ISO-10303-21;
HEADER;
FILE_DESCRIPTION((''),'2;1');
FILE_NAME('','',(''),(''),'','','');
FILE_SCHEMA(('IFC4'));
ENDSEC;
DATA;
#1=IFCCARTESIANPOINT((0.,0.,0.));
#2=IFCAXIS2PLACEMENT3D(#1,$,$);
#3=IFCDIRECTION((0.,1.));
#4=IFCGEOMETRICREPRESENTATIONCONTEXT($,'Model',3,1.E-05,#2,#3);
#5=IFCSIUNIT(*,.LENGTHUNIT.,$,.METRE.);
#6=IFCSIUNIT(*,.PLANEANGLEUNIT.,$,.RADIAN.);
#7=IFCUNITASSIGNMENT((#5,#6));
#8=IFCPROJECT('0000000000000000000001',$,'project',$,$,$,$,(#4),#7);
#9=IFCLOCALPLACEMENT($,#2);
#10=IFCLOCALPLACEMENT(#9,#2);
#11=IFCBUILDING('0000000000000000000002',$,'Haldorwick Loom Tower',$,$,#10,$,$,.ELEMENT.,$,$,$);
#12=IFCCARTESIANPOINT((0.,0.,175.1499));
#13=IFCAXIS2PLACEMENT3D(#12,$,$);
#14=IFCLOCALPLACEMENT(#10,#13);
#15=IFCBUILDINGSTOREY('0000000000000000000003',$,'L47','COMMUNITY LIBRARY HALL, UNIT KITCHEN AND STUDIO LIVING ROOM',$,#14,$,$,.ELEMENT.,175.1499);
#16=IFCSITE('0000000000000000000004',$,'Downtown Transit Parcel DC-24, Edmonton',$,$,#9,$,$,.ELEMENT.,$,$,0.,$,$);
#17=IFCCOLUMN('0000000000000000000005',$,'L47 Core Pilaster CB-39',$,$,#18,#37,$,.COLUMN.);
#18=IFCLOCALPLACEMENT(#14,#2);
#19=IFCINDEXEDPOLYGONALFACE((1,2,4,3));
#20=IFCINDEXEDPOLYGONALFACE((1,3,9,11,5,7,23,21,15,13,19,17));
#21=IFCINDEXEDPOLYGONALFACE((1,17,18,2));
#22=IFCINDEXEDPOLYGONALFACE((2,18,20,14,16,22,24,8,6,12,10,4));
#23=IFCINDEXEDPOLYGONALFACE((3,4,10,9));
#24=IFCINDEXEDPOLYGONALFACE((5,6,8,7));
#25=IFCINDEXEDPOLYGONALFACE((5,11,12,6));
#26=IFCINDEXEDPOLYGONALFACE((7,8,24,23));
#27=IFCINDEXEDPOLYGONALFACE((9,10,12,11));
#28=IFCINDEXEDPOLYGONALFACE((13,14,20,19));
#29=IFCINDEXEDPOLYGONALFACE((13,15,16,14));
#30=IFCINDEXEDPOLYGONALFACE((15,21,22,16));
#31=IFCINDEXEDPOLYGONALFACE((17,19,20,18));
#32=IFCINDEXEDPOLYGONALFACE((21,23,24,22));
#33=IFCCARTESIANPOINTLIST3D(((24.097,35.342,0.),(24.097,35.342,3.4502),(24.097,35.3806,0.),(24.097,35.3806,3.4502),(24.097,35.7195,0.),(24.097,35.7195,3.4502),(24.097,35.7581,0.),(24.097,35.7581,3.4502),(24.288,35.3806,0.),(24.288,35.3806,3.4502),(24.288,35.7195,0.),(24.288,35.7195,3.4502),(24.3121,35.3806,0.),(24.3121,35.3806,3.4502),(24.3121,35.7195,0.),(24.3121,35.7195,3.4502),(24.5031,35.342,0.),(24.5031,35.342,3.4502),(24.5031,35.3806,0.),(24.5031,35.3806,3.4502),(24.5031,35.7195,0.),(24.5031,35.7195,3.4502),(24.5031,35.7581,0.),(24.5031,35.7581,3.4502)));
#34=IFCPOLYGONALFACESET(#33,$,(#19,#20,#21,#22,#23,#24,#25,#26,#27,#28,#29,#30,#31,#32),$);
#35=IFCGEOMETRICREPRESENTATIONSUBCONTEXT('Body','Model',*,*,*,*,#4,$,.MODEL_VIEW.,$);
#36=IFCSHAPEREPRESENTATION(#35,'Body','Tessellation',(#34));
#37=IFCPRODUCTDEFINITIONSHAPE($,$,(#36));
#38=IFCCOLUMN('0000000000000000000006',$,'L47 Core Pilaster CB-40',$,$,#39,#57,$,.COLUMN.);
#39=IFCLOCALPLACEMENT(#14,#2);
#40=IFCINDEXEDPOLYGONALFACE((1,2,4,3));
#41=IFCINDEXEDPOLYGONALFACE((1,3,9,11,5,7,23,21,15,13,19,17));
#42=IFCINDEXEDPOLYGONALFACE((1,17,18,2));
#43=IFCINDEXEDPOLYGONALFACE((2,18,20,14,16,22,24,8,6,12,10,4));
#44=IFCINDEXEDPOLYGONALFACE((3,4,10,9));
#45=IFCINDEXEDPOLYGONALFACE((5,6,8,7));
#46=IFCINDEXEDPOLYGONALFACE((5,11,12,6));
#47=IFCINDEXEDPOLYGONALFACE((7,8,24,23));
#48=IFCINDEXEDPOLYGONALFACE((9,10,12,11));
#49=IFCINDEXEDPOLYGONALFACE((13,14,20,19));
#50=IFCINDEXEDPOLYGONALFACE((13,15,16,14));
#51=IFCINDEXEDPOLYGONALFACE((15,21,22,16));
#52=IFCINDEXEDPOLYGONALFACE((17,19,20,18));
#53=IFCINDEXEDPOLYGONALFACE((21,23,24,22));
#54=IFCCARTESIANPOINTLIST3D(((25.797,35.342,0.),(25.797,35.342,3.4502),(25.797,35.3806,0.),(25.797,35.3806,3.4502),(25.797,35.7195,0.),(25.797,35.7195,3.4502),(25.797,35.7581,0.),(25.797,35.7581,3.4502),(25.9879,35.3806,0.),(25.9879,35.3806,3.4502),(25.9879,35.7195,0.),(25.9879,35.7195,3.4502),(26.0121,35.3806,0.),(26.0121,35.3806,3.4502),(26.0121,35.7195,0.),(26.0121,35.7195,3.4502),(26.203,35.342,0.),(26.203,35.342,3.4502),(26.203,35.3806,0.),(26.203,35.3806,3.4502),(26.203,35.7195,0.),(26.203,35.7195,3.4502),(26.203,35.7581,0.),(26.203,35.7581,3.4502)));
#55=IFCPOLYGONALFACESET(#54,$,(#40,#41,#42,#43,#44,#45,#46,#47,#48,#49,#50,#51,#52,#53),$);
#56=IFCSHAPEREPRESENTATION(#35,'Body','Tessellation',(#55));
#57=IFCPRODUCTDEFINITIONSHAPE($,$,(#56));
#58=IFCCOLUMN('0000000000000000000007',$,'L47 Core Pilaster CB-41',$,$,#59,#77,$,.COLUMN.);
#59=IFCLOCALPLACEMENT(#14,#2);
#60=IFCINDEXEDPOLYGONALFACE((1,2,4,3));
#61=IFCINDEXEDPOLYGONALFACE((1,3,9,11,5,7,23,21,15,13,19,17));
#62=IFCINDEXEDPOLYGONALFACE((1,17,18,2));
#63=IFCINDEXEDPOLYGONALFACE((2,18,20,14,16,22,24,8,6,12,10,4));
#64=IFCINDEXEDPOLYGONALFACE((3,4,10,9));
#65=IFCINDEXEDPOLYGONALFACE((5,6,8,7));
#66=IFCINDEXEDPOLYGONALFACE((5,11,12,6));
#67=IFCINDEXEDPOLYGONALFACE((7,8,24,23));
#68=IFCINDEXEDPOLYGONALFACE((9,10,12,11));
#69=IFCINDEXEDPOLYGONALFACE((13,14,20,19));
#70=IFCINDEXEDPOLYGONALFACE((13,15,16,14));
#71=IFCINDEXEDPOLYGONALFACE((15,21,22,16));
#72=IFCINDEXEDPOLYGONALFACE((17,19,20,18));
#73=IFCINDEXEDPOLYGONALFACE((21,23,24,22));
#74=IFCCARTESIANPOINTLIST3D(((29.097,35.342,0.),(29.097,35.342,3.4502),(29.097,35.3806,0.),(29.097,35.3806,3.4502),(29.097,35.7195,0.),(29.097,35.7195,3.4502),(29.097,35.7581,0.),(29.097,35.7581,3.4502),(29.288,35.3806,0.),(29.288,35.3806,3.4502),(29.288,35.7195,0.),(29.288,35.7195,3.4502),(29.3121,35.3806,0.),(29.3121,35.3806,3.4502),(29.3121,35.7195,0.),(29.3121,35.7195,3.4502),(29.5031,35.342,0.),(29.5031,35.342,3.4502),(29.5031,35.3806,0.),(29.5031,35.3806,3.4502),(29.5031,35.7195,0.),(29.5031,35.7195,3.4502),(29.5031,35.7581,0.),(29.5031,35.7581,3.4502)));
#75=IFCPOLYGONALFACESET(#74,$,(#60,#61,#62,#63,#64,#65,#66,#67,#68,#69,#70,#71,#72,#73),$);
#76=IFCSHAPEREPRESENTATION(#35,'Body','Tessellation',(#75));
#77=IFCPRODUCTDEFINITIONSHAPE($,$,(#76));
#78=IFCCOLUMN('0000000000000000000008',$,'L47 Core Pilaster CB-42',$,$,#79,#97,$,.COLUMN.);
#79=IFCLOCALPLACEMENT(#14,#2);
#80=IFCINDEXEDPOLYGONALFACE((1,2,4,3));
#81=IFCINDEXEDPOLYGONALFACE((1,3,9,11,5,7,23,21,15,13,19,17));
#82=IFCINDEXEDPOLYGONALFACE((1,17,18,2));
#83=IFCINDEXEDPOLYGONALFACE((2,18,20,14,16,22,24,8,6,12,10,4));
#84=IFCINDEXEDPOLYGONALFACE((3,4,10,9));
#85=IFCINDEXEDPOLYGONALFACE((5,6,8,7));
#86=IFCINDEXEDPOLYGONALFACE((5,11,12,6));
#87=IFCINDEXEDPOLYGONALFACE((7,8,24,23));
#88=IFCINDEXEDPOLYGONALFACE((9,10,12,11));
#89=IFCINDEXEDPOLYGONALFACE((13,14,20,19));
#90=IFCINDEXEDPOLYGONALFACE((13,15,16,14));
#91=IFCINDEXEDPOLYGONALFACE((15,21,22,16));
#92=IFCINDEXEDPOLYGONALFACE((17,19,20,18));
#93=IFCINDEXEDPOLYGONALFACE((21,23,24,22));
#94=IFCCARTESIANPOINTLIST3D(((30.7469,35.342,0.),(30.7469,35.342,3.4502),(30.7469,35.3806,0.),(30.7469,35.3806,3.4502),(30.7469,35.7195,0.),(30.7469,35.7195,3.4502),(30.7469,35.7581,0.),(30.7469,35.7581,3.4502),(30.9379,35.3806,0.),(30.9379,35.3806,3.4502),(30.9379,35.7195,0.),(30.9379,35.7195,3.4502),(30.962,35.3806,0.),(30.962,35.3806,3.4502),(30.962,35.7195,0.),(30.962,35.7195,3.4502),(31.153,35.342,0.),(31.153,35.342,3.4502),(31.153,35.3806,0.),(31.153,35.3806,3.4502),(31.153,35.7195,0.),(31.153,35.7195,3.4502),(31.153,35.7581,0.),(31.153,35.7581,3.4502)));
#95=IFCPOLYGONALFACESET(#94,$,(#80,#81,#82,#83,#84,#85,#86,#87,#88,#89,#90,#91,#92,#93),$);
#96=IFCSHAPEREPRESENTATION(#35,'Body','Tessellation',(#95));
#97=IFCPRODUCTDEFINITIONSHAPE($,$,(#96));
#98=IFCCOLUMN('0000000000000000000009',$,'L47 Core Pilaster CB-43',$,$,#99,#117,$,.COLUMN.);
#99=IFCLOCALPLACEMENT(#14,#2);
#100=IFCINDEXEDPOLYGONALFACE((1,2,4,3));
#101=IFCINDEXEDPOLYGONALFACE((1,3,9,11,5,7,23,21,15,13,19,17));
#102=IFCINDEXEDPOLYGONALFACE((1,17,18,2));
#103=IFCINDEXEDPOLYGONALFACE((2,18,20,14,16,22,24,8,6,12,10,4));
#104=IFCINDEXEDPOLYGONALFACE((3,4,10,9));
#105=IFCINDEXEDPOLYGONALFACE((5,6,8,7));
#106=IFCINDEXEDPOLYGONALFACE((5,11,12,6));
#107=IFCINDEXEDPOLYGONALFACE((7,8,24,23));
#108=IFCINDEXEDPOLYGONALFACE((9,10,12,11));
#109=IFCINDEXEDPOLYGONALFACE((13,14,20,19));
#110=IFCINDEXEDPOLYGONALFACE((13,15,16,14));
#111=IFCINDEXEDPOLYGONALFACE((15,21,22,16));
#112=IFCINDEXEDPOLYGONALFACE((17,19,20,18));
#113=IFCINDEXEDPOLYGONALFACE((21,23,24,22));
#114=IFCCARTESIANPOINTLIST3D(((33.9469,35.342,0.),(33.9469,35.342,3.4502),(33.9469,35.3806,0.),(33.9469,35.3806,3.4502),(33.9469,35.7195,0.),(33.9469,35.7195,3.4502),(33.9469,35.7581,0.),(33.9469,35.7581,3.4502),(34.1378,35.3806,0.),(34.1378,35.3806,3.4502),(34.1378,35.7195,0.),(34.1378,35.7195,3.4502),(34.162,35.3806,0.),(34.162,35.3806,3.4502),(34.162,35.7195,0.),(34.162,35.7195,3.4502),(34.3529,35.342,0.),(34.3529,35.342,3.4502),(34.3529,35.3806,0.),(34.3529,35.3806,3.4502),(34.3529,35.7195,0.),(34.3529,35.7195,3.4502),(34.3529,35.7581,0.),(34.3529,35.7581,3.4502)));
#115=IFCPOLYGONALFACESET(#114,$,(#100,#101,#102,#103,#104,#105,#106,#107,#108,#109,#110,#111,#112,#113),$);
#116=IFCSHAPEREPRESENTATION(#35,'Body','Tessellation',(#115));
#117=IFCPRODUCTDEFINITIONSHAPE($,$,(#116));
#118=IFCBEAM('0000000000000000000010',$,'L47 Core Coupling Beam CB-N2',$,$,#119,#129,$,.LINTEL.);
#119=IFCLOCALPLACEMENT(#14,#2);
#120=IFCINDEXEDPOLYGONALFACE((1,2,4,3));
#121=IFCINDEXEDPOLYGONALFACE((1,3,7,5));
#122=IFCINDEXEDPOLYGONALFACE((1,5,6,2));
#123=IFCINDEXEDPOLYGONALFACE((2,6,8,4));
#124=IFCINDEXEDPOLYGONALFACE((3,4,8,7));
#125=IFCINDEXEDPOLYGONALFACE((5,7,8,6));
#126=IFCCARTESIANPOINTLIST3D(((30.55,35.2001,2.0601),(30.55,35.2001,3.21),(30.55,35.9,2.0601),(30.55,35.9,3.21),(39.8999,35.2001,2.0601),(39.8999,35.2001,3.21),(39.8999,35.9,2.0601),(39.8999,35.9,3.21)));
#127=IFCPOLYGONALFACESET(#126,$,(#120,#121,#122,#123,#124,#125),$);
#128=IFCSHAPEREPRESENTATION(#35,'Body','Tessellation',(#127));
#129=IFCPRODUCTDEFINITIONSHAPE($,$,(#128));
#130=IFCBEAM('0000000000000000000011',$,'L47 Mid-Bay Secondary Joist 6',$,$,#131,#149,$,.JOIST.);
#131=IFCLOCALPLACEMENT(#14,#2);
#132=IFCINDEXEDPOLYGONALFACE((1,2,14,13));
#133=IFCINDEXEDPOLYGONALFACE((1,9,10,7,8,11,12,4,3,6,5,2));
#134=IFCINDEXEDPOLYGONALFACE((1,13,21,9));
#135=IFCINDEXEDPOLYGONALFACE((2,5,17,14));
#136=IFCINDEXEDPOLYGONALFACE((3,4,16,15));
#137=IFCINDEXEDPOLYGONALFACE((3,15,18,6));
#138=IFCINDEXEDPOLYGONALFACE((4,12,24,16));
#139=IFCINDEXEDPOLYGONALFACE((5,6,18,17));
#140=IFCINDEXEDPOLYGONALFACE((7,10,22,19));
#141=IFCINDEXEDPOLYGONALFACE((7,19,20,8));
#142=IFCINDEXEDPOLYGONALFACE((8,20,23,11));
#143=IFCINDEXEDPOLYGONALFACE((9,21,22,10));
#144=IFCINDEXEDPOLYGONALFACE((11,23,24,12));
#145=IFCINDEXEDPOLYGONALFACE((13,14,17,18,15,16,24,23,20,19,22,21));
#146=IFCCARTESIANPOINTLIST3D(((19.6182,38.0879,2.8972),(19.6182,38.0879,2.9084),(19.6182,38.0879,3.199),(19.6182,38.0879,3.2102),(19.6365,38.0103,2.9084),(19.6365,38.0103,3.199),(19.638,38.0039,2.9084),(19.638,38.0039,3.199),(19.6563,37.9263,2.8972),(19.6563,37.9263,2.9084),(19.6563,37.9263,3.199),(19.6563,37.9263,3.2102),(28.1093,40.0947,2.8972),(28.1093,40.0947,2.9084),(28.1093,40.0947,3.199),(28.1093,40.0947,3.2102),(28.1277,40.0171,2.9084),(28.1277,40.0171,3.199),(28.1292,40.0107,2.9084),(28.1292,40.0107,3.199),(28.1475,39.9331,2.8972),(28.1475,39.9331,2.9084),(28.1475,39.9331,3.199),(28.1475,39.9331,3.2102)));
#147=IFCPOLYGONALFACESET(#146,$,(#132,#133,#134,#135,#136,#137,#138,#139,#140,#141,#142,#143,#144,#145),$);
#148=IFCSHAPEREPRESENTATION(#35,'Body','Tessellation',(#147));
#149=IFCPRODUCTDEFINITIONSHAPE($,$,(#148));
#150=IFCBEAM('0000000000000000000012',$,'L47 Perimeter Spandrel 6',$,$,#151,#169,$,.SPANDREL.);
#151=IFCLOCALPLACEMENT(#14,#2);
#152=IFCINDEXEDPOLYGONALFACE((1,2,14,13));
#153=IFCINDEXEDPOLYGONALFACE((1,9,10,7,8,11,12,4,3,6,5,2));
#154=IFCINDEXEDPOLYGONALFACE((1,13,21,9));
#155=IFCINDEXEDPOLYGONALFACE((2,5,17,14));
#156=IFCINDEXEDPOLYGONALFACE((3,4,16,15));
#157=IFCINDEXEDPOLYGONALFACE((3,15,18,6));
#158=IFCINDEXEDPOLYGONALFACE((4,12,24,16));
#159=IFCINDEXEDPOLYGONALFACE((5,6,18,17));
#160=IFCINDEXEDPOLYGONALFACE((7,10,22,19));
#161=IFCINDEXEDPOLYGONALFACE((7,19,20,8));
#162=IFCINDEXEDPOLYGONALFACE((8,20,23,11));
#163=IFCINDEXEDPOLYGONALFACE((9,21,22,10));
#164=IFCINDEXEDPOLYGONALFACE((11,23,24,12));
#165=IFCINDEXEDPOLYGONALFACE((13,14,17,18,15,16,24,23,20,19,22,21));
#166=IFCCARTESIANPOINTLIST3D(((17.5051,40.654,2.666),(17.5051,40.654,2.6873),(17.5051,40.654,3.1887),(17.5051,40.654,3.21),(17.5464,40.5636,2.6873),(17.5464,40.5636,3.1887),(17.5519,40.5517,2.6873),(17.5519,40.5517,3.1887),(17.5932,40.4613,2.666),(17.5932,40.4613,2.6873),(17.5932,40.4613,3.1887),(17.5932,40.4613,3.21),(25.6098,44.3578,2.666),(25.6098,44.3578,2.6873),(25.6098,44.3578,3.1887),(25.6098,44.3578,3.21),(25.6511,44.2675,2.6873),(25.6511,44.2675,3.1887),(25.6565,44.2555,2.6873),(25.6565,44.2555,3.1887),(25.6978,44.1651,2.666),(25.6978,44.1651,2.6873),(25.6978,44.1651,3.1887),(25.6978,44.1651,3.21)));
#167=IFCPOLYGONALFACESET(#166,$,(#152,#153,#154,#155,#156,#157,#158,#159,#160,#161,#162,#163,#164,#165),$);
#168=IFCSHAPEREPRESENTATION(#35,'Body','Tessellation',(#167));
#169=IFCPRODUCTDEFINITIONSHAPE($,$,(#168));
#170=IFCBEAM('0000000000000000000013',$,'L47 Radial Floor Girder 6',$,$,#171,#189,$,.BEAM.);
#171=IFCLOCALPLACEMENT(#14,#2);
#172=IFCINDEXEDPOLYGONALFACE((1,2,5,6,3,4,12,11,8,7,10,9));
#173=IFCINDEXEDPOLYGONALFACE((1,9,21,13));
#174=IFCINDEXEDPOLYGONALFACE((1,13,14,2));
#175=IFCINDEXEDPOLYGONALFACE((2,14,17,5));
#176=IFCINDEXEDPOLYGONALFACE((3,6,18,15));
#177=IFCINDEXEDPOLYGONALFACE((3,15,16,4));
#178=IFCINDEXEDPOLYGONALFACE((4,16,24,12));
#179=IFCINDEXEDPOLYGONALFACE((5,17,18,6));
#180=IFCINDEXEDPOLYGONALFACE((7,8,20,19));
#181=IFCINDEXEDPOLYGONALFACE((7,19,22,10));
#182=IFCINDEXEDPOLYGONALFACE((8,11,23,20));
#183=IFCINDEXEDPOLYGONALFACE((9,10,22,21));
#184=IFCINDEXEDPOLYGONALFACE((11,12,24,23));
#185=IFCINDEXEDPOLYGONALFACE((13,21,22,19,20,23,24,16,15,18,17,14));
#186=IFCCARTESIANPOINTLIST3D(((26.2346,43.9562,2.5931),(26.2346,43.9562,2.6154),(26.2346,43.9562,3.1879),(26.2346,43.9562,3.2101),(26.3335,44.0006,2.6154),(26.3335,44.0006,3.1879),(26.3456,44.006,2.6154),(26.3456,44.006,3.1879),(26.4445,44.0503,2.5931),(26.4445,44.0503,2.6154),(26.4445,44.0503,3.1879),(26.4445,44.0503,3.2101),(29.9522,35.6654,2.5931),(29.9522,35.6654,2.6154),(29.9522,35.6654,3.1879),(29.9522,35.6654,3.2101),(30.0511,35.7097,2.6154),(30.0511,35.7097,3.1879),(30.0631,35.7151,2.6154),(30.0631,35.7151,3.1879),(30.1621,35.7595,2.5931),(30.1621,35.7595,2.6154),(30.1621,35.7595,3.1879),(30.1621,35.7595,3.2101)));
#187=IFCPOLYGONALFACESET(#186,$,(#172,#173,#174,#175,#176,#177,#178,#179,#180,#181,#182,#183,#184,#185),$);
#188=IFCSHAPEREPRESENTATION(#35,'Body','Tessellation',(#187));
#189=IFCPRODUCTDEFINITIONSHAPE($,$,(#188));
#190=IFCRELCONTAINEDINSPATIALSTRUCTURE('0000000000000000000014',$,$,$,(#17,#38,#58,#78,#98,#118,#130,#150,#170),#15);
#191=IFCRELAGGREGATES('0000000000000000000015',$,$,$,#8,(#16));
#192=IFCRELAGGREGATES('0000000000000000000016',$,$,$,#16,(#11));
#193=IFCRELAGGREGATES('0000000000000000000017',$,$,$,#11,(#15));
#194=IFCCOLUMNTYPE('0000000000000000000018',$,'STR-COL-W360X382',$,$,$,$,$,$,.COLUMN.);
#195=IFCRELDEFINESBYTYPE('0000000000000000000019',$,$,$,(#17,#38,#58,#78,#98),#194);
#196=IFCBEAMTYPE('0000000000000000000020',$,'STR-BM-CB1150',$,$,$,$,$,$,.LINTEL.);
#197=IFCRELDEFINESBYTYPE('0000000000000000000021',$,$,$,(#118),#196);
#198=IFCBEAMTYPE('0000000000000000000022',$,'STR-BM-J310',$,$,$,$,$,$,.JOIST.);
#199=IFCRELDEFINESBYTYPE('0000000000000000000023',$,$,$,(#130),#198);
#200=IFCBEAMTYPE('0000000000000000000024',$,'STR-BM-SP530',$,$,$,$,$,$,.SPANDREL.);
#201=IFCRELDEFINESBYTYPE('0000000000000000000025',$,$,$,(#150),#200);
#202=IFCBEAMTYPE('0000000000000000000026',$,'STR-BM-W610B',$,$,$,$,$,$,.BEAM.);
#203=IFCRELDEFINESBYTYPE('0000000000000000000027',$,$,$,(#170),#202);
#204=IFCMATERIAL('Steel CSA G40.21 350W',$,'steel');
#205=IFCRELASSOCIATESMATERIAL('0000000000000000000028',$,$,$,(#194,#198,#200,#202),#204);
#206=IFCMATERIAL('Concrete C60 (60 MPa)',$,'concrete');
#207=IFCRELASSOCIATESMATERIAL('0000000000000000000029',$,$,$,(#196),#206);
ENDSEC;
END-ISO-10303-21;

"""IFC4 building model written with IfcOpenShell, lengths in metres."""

from ifc_helpers import new_model, si_unit, direction, frame, origin, origin_2d, place, context, subcontext, project, spatial, rectangle, i_section, extrude, material, material_profile, profile_set, type_object, element, save


model = new_model("IFC4")

# Units and contexts
model_context = context("Model", 3, precision=1e-05, world=origin(), true_north=direction((0.0, 1.0)))
body_context = subcontext(model_context, "Body", "Model", "MODEL_VIEW")
ifc_project = project(units=[si_unit("LENGTHUNIT", "METRE"), si_unit("PLANEANGLEUNIT", "RADIAN")], contexts=[model_context])

# Site, building, storey
site_placement = place(None, origin())
site = spatial("IfcSite", under=ifc_project, at=site_placement, Name="Downtown Transit Parcel DC-24, Edmonton", CompositionType="ELEMENT", RefElevation=0.0)
building_placement = place(site_placement, origin())
building = spatial("IfcBuilding", under=site, at=building_placement, Name="Haldorwick Loom Tower", CompositionType="ELEMENT")
storey_placement = place(building_placement, frame((0.0, 0.0, 175.1499)))
storey = spatial("IfcBuildingStorey", under=building, at=storey_placement, Name="L47", Description="COMMUNITY LIBRARY HALL, UNIT KITCHEN AND STUDIO LIVING ROOM", CompositionType="ELEMENT", Elevation=175.1499)

# Columns
ifc_material_1 = material(Name="Concrete C60 (60 MPa)", Category="concrete")
ifc_material_2 = material(Name="Steel CSA G40.21 350W", Category="steel")
ifc_material_profile_1 = material_profile(ifc_material_2, i_section(OverallWidth=0.406, OverallDepth=0.416, WebThickness=0.0242, FlangeThickness=0.0386, at=origin_2d()), Name="W360X382", Category="steel")
ifc_profile_set_1 = profile_set([ifc_material_profile_1], Name="Steel CSA G40.21 350W")
column_type_1 = type_object("IfcColumnType", Name="STR-COL-W360X382", PredefinedType="COLUMN", material=ifc_profile_set_1)
for number, where, z_axis, x_axis, name in (
    (1, (24.3, 35.55, 0.0), (0.0, 0.0, 1.0), (1.0, 0.0, 0.0), "L47 Core Pilaster CB-39"),
    (2, (26.0, 35.55, 0.0), (0.0, 0.0, 1.0), (1.0, 0.0, 0.0), "L47 Core Pilaster CB-40"),
    (3, (29.3, 35.55, 0.0), (0.0, 0.0, 1.0), (1.0, 0.0, 0.0), "L47 Core Pilaster CB-41"),
    (4, (30.95, 35.55, 0.0), (0.0, 0.0, 1.0), (1.0, 0.0, 0.0), "L47 Core Pilaster CB-42"),
    (5, (34.1499, 35.55, 0.0), (0.0, 0.0, 1.0), (1.0, 0.0, 0.0), "L47 Core Pilaster CB-43"),
):
    element("IfcColumn", number, at=place(storey_placement, frame(where, z_axis=z_axis, x_axis=x_axis)), inside=storey, type_object=column_type_1, Name=name, PredefinedType="COLUMN", context=body_context, shape_type="SweptSolid", body=[
        extrude(i_section(OverallWidth=0.406, OverallDepth=0.416, WebThickness=0.0242, FlangeThickness=0.0386, at=origin_2d()), origin(), (0.0, 0.0, 1.0), 3.4502),
    ])

# Beams
ifc_material_profile_2 = material_profile(ifc_material_1, rectangle(XDim=0.7, YDim=1.1499, at=origin_2d()), Name="RC700X1150", Category="concrete")
ifc_profile_set_2 = profile_set([ifc_material_profile_2], Name="Concrete C60 (60 MPa)")
beam_type_1 = type_object("IfcBeamType", Name="STR-BM-CB1150", PredefinedType="LINTEL", material=ifc_profile_set_2)
beam_1_placement = place(storey_placement, frame((30.55, 35.55, 2.635), z_axis=(1.0, 0.0, 0.0), x_axis=(0.0, 1.0, 0.0)))
element("IfcBeam", 6, at=beam_1_placement, inside=storey, type_object=beam_type_1, Name="L47 Core Coupling Beam CB-N2", PredefinedType="LINTEL", context=body_context, shape_type="SweptSolid", body=[
    extrude(rectangle(XDim=0.7, YDim=1.1499, at=origin_2d()), origin(), (0.0, 0.0, 1.0), 9.3499),
])
ifc_material_profile_3 = material_profile(ifc_material_2, i_section(OverallWidth=0.166, OverallDepth=0.313, WebThickness=0.0066, FlangeThickness=0.0112, at=origin_2d()), Name="W310X45", Category="steel")
ifc_profile_set_3 = profile_set([ifc_material_profile_3], Name="Steel CSA G40.21 350W")
beam_type_2 = type_object("IfcBeamType", Name="STR-BM-J310", PredefinedType="JOIST", material=ifc_profile_set_3)
beam_2_placement = place(storey_placement, frame((28.1284, 40.0139, 3.0537), z_axis=(-0.973189, -0.230006, 0.0), x_axis=(0.230006, -0.973189, 0.0)))
element("IfcBeam", 7, at=beam_2_placement, inside=storey, type_object=beam_type_2, Name="L47 Mid-Bay Secondary Joist 6", PredefinedType="JOIST", context=body_context, shape_type="SweptSolid", body=[
    extrude(i_section(OverallWidth=0.166, OverallDepth=0.313, WebThickness=0.0066, FlangeThickness=0.0112, at=origin_2d()), origin(), (0.0, 0.0, 1.0), 8.7251),
])
ifc_material_profile_4 = material_profile(ifc_material_2, i_section(OverallWidth=0.2119, OverallDepth=0.5439, WebThickness=0.0132, FlangeThickness=0.0212, at=origin_2d()), Name="W530X123", Category="steel")
ifc_profile_set_4 = profile_set([ifc_material_profile_4], Name="Steel CSA G40.21 350W")
beam_type_3 = type_object("IfcBeamType", Name="STR-BM-SP530", PredefinedType="SPANDREL", material=ifc_profile_set_4)
beam_3_placement = place(storey_placement, frame((25.6538, 44.2615, 2.938), z_axis=(-0.909524, -0.415652, 0.0), x_axis=(0.415652, -0.909524, 0.0)))
element("IfcBeam", 8, at=beam_3_placement, inside=storey, type_object=beam_type_3, Name="L47 Perimeter Spandrel 6", PredefinedType="SPANDREL", context=body_context, shape_type="SweptSolid", body=[
    extrude(i_section(OverallWidth=0.2119, OverallDepth=0.5439, WebThickness=0.0132, FlangeThickness=0.0212, at=origin_2d()), origin(), (0.0, 0.0, 1.0), 8.9109),
])
ifc_material_profile_5 = material_profile(ifc_material_2, i_section(OverallWidth=0.23, OverallDepth=0.6169, WebThickness=0.0132, FlangeThickness=0.0222, at=origin_2d()), Name="W610X140", Category="steel")
ifc_profile_set_5 = profile_set([ifc_material_profile_5], Name="Steel CSA G40.21 350W")
beam_type_4 = type_object("IfcBeamType", Name="STR-BM-W610B", PredefinedType="BEAM", material=ifc_profile_set_5)
beam_4_placement = place(storey_placement, frame((30.0571, 35.7124, 2.9016), z_axis=(-0.409145, 0.912469, 0.0), x_axis=(-0.912469, -0.409145, 0.0)))
element("IfcBeam", 9, at=beam_4_placement, inside=storey, type_object=beam_type_4, Name="L47 Radial Floor Girder 6", PredefinedType="BEAM", context=body_context, shape_type="SweptSolid", body=[
    extrude(i_section(OverallWidth=0.23, OverallDepth=0.6169, WebThickness=0.0132, FlangeThickness=0.0222, at=origin_2d()), origin(), (0.0, 0.0, 1.0), 9.0862),
])

save(model, "model.ifc")
